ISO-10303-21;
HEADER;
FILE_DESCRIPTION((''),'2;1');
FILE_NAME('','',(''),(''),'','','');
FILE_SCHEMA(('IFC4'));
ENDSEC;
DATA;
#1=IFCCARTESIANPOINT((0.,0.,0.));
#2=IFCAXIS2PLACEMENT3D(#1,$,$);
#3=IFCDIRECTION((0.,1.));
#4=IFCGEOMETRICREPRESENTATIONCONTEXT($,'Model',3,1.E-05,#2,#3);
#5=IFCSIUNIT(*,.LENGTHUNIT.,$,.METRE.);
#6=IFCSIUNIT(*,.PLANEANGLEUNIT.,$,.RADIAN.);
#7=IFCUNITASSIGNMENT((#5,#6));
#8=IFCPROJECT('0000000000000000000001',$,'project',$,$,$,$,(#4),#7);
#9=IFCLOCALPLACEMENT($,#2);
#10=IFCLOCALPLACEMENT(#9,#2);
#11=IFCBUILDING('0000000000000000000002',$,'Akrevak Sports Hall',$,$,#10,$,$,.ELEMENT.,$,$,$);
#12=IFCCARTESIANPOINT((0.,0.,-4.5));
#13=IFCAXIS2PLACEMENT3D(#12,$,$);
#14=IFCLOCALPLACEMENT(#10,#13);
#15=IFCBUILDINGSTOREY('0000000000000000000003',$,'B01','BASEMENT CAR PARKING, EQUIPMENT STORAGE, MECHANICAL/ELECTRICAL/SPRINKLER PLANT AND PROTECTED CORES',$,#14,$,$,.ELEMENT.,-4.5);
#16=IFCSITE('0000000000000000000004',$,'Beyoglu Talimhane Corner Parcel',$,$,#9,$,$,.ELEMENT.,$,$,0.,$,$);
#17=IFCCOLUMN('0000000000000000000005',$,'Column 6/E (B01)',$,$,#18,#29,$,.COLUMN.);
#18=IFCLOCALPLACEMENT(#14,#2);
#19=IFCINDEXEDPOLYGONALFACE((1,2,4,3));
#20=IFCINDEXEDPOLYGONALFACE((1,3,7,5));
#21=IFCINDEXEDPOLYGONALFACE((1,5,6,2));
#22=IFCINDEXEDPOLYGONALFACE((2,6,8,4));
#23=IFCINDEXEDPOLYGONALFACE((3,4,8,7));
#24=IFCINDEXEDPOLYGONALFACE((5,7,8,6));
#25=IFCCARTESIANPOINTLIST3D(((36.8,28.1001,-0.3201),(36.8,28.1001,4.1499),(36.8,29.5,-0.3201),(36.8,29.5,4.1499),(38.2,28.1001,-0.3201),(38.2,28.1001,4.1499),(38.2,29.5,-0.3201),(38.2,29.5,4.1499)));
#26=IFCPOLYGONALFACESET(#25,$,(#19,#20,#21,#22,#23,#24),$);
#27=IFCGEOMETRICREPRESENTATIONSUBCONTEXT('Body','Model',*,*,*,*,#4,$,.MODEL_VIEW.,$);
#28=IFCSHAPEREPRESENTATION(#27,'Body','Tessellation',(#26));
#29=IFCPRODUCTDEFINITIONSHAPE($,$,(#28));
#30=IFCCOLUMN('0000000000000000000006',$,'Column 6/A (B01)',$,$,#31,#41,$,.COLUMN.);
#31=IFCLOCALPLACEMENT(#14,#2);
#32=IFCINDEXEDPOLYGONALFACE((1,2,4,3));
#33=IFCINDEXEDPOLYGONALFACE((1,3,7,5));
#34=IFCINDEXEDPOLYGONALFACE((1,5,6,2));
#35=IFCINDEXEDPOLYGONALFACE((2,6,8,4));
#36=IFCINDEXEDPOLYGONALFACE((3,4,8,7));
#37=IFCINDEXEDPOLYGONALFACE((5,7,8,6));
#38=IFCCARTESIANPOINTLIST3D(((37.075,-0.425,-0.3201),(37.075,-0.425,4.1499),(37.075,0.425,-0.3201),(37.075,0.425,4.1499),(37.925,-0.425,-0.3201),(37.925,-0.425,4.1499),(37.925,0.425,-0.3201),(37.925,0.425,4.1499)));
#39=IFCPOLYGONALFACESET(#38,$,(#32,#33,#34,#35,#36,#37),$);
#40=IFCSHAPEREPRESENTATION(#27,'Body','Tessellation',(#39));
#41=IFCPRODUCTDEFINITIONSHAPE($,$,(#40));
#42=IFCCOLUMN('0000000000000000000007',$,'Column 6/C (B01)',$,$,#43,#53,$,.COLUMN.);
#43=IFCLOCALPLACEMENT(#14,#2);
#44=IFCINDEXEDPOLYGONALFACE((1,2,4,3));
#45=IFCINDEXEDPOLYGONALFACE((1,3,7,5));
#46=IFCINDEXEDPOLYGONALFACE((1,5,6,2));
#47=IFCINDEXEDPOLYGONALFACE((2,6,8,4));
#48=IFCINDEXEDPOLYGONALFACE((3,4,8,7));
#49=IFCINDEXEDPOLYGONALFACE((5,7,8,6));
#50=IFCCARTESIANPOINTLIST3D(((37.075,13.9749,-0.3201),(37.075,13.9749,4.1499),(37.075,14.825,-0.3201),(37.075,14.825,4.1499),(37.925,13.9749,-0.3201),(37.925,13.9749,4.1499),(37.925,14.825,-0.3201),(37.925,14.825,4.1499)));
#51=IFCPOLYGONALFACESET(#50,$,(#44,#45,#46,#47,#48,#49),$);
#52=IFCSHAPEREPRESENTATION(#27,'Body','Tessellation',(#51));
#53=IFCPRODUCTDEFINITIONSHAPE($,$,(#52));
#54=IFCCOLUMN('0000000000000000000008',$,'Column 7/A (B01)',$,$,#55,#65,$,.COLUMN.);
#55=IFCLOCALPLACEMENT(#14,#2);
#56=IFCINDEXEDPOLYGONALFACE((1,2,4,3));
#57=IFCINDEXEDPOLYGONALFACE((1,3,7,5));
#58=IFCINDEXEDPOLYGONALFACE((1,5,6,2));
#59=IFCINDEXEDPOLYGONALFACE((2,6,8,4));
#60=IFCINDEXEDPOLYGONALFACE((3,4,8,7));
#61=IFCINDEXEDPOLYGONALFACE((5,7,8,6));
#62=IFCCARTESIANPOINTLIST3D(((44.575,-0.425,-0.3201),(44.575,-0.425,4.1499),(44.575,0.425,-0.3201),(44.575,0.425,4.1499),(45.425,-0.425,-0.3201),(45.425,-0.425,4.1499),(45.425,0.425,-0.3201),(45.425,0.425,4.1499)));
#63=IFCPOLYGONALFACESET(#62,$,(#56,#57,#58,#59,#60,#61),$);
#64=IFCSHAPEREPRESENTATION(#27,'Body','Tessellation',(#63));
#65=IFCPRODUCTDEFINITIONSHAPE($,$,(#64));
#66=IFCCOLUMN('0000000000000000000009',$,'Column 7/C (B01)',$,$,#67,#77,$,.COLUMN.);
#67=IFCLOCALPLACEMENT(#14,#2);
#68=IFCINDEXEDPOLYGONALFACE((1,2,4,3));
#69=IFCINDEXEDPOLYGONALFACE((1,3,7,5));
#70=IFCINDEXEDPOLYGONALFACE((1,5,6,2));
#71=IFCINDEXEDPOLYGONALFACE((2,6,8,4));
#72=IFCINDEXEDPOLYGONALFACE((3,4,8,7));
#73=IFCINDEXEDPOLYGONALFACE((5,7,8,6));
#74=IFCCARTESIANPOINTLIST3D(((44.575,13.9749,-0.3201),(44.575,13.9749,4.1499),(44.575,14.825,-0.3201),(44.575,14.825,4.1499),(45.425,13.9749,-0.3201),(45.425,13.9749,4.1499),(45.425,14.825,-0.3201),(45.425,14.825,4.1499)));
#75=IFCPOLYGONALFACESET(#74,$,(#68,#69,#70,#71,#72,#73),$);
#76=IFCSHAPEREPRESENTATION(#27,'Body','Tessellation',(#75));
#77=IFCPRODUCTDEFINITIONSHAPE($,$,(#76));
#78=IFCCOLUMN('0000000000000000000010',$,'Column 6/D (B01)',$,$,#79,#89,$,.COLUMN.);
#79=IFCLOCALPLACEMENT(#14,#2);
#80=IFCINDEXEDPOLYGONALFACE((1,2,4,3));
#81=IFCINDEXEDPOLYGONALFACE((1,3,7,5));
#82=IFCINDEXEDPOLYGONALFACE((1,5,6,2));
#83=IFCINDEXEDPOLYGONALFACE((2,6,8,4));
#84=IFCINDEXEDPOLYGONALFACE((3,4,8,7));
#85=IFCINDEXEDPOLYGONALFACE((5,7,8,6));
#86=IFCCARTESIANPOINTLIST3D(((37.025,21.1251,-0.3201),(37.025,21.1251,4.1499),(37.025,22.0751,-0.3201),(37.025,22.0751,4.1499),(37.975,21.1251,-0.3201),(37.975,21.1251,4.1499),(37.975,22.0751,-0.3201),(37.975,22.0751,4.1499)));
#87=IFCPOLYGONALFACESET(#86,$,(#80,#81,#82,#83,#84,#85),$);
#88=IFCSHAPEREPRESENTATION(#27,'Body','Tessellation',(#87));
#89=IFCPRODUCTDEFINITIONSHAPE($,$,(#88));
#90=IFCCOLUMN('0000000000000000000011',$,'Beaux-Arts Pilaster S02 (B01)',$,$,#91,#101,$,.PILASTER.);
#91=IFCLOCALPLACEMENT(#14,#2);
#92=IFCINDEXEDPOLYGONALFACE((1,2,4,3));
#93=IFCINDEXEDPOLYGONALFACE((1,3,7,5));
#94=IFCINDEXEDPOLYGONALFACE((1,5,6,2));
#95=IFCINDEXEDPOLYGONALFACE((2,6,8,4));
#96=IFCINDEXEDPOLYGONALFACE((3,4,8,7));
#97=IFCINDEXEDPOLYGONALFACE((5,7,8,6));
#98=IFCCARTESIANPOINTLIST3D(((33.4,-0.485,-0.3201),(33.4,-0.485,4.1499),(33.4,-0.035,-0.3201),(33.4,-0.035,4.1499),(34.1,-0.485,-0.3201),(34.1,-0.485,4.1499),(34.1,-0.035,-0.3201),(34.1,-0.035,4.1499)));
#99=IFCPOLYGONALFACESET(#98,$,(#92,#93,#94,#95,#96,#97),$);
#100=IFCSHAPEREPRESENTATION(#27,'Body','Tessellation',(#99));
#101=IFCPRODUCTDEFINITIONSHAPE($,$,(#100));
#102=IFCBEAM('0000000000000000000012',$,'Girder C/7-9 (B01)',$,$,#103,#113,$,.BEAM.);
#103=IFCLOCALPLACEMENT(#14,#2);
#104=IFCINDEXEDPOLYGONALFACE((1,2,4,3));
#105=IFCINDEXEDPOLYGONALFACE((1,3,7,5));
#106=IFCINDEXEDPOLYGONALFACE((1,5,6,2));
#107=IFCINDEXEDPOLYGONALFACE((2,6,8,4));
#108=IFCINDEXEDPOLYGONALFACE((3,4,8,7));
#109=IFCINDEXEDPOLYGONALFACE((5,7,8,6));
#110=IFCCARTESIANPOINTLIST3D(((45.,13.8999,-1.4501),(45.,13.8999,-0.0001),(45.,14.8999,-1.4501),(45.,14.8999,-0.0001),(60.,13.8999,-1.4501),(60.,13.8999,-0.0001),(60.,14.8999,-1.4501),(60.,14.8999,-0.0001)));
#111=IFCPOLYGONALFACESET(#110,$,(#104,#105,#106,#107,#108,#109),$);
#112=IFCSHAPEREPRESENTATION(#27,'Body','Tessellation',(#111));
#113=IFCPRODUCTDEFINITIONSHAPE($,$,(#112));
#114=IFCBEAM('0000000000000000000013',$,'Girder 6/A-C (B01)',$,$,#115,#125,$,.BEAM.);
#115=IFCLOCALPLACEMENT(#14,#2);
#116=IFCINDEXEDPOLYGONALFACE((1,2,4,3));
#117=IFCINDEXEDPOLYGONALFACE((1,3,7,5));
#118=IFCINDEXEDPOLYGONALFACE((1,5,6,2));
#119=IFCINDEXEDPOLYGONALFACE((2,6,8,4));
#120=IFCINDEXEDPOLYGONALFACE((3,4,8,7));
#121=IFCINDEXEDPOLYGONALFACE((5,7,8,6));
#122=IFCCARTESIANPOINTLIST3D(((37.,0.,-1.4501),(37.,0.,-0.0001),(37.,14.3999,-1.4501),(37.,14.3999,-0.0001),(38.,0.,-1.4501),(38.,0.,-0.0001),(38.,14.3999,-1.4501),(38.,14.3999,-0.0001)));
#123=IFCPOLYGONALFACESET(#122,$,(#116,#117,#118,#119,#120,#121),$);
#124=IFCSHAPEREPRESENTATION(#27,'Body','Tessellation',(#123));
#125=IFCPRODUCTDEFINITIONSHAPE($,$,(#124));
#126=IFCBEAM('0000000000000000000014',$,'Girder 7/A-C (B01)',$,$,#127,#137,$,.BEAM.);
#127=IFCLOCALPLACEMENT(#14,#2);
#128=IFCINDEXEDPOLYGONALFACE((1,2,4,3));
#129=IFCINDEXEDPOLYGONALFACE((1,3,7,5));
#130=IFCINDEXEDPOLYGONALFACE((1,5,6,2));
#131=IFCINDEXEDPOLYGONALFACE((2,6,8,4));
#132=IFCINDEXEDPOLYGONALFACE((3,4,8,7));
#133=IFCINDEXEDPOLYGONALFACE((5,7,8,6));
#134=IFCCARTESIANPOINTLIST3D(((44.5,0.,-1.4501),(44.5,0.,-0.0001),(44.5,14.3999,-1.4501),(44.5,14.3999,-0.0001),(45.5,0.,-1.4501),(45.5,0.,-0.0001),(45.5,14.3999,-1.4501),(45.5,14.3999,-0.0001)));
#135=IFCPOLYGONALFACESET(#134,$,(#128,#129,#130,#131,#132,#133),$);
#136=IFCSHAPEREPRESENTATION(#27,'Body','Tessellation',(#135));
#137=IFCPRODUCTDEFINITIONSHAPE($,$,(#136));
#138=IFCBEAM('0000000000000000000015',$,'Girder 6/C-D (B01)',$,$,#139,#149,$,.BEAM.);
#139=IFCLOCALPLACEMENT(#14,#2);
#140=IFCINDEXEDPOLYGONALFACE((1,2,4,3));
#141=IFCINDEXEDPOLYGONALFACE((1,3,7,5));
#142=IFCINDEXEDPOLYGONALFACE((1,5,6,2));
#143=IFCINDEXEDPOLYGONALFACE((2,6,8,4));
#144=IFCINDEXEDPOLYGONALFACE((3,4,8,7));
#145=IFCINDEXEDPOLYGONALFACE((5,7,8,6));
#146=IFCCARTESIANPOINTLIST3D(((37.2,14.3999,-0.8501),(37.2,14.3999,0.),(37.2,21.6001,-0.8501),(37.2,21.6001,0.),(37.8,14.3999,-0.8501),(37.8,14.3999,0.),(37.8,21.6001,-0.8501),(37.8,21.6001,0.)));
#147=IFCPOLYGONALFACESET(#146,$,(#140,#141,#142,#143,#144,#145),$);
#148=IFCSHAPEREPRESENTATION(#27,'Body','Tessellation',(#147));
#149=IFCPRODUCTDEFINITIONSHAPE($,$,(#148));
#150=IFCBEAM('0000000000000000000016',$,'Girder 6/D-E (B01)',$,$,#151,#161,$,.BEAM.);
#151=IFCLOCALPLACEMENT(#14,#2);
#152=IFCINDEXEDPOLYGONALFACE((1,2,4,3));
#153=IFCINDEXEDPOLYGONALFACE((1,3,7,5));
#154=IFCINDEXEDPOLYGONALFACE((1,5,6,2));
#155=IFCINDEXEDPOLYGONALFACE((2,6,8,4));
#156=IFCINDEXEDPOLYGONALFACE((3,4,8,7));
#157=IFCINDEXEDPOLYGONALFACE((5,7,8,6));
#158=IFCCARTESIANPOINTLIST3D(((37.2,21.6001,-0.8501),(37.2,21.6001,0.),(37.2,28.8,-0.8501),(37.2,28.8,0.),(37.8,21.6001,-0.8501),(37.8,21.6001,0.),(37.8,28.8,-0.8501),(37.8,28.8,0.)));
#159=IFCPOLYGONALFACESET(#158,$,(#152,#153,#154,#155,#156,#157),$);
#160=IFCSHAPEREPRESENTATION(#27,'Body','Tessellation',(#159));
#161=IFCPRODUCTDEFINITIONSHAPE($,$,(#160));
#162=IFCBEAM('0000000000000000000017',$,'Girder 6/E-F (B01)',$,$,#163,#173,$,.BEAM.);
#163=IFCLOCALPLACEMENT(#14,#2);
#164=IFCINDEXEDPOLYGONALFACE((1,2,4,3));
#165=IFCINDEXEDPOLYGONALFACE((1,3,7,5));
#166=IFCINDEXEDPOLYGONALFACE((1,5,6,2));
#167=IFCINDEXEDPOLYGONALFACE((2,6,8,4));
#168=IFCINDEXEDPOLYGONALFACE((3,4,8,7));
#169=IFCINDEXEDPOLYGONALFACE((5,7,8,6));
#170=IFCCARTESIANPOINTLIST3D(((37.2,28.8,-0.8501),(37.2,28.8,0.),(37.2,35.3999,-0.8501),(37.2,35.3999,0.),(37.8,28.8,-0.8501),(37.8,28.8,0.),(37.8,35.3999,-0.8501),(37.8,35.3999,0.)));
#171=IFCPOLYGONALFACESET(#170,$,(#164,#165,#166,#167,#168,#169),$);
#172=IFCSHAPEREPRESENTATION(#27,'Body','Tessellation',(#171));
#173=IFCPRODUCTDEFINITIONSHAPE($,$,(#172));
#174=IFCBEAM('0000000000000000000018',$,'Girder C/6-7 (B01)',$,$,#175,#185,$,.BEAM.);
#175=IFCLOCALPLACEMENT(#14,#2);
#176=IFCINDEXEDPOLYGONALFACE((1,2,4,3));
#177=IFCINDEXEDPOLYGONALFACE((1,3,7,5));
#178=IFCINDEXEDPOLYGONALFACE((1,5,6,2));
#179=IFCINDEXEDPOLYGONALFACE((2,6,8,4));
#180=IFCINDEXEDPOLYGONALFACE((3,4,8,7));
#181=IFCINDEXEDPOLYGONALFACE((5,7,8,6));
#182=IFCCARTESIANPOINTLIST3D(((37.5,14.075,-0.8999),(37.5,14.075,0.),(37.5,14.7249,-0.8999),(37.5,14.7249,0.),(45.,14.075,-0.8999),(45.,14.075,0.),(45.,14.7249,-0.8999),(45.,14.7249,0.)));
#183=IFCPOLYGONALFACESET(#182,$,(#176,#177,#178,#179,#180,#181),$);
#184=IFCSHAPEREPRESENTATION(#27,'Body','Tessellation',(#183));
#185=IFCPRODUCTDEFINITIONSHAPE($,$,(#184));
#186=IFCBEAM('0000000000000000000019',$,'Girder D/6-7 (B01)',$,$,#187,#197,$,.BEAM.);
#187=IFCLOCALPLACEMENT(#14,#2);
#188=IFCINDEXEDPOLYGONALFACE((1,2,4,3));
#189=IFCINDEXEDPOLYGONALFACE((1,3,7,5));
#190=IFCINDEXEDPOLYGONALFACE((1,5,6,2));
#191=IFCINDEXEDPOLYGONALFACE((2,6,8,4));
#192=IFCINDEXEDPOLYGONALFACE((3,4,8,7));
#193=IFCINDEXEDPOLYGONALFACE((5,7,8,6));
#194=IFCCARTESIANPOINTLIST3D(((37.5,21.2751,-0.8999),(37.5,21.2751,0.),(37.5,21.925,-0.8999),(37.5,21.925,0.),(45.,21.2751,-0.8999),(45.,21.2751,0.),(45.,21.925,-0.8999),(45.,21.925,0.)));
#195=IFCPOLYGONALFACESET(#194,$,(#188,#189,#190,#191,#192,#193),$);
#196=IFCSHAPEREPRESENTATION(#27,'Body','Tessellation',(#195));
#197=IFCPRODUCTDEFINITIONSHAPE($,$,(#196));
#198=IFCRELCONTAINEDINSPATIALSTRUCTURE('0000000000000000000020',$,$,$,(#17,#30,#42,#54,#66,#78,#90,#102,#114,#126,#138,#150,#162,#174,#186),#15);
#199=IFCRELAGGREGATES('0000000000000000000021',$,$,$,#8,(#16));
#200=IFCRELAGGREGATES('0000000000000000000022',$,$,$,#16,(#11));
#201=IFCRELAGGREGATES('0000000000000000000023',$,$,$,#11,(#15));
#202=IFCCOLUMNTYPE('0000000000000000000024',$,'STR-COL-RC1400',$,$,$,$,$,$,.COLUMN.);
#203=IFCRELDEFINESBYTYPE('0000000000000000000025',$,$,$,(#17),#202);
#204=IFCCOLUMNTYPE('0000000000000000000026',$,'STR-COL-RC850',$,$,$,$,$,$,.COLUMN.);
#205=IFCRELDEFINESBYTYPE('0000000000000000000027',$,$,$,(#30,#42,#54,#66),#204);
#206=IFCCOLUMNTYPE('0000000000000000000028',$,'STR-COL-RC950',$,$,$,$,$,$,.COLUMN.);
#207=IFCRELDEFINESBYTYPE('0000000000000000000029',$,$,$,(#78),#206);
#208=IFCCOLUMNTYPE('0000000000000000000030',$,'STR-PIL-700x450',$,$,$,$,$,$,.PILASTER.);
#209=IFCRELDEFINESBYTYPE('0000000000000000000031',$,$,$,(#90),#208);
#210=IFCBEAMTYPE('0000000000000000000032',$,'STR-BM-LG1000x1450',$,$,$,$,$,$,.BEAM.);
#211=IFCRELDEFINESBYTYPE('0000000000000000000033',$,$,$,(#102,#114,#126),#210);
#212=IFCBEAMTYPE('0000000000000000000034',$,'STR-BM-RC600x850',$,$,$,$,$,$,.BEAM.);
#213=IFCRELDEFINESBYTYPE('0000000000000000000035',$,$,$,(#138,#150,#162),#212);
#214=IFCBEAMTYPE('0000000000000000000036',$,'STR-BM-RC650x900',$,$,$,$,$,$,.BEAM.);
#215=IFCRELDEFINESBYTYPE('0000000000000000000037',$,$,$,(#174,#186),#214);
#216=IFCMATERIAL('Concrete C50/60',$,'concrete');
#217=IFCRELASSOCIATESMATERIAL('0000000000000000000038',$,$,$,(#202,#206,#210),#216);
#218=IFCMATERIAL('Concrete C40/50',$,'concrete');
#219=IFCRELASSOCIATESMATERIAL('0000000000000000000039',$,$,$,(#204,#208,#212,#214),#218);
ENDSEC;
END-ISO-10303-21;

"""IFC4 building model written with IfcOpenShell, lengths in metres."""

from ifc_helpers import new_model, si_unit, direction, frame, origin, origin_2d, place, context, subcontext, project, spatial, rectangle, extrude, material, material_profile, profile_set, type_object, element, save


model = new_model("IFC4")

# Units and contexts
model_context = context("Model", 3, precision=1e-05, world=origin(), true_north=direction((0.0, 1.0)))
body_context = subcontext(model_context, "Body", "Model", "MODEL_VIEW")
ifc_project = project(units=[si_unit("LENGTHUNIT", "METRE"), si_unit("PLANEANGLEUNIT", "RADIAN")], contexts=[model_context])

# Site, building, storey
site_placement = place(None, origin())
site = spatial("IfcSite", under=ifc_project, at=site_placement, Name="Beyoglu Talimhane Corner Parcel", CompositionType="ELEMENT", RefElevation=0.0)
building_placement = place(site_placement, origin())
building = spatial("IfcBuilding", under=site, at=building_placement, Name="Akrevak Sports Hall", CompositionType="ELEMENT")
storey_placement = place(building_placement, frame((0.0, 0.0, -4.5)))
storey = spatial("IfcBuildingStorey", under=building, at=storey_placement, Name="B01", Description="BASEMENT CAR PARKING, EQUIPMENT STORAGE, MECHANICAL/ELECTRICAL/SPRINKLER PLANT AND PROTECTED CORES", CompositionType="ELEMENT", Elevation=-4.5)

# Columns
ifc_material_1 = material(Name="Concrete C50/60", Category="concrete")
ifc_material_profile_1 = material_profile(ifc_material_1, rectangle(XDim=1.3999, YDim=1.3999, at=origin_2d()), Name="RC 1400x1400", Category="concrete")
ifc_profile_set_1 = profile_set([ifc_material_profile_1], Name="Concrete C50/60")
column_type_1 = type_object("IfcColumnType", Name="STR-COL-RC1400", PredefinedType="COLUMN", material=ifc_profile_set_1)
column_1_placement = place(storey_placement, frame((37.5, 28.8, -0.3201), z_axis=(0.0, 0.0, 1.0), x_axis=(1.0, 0.0, 0.0)))
element("IfcColumn", 1, at=column_1_placement, inside=storey, type_object=column_type_1, Name="Column 6/E (B01)", PredefinedType="COLUMN", context=body_context, shape_type="SweptSolid", body=[
    extrude(rectangle(XDim=1.3999, YDim=1.3999, at=origin_2d()), origin(), (0.0, 0.0, 1.0), 4.47),
])
ifc_material_2 = material(Name="Concrete C40/50", Category="concrete")
ifc_material_profile_2 = material_profile(ifc_material_2, rectangle(XDim=0.8501, YDim=0.8501, at=origin_2d()), Name="RC 850x850", Category="concrete")
ifc_profile_set_2 = profile_set([ifc_material_profile_2], Name="Concrete C40/50")
column_type_2 = type_object("IfcColumnType", Name="STR-COL-RC850", PredefinedType="COLUMN", material=ifc_profile_set_2)
for number, where, z_axis, x_axis, name in (
    (2, (37.5, 0.0, -0.3201), (0.0, 0.0, 1.0), (1.0, 0.0, 0.0), "Column 6/A (B01)"),
    (3, (37.5, 14.3999, -0.3201), (0.0, 0.0, 1.0), (1.0, 0.0, 0.0), "Column 6/C (B01)"),
    (4, (45.0, 0.0, -0.3201), (0.0, 0.0, 1.0), (1.0, 0.0, 0.0), "Column 7/A (B01)"),
    (5, (45.0, 14.3999, -0.3201), (0.0, 0.0, 1.0), (1.0, 0.0, 0.0), "Column 7/C (B01)"),
):
    element("IfcColumn", number, at=place(storey_placement, frame(where, z_axis=z_axis, x_axis=x_axis)), inside=storey, type_object=column_type_2, Name=name, PredefinedType="COLUMN", context=body_context, shape_type="SweptSolid", body=[
        extrude(rectangle(XDim=0.8501, YDim=0.8501, at=origin_2d()), origin(), (0.0, 0.0, 1.0), 4.47),
    ])
ifc_material_profile_3 = material_profile(ifc_material_1, rectangle(XDim=0.95, YDim=0.95, at=origin_2d()), Name="RC 950x950", Category="concrete")
ifc_profile_set_3 = profile_set([ifc_material_profile_3], Name="Concrete C50/60")
column_type_3 = type_object("IfcColumnType", Name="STR-COL-RC950", PredefinedType="COLUMN", material=ifc_profile_set_3)
column_2_placement = place(storey_placement, frame((37.5, 21.6001, -0.3201), z_axis=(0.0, 0.0, 1.0), x_axis=(1.0, 0.0, 0.0)))
element("IfcColumn", 6, at=column_2_placement, inside=storey, type_object=column_type_3, Name="Column 6/D (B01)", PredefinedType="COLUMN", context=body_context, shape_type="SweptSolid", body=[
    extrude(rectangle(XDim=0.95, YDim=0.95, at=origin_2d()), origin(), (0.0, 0.0, 1.0), 4.47),
])
ifc_material_profile_4 = material_profile(ifc_material_2, rectangle(XDim=0.7, YDim=0.45, at=origin_2d()), Name="PIL 700x450", Category="concrete")
ifc_profile_set_4 = profile_set([ifc_material_profile_4], Name="Concrete C40/50")
column_type_4 = type_object("IfcColumnType", Name="STR-PIL-700x450", PredefinedType="PILASTER", material=ifc_profile_set_4)
column_3_placement = place(storey_placement, frame((33.75, -0.26, -0.3201), z_axis=(0.0, 0.0, 1.0), x_axis=(1.0, 0.0, 0.0)))
element("IfcColumn", 7, at=column_3_placement, inside=storey, type_object=column_type_4, Name="Beaux-Arts Pilaster S02 (B01)", PredefinedType="PILASTER", context=body_context, shape_type="SweptSolid", body=[
    extrude(rectangle(XDim=0.7, YDim=0.45, at=origin_2d()), origin(), (0.0, 0.0, 1.0), 4.47),
])

# Beams
ifc_material_profile_5 = material_profile(ifc_material_1, rectangle(XDim=1.0, YDim=1.45, at=origin_2d()), Name="BM 1000x1450", Category="concrete")
ifc_profile_set_5 = profile_set([ifc_material_profile_5], Name="Concrete C50/60")
beam_type_1 = type_object("IfcBeamType", Name="STR-BM-LG1000x1450", PredefinedType="BEAM", material=ifc_profile_set_5)
beam_1_placement = place(storey_placement, frame((45.0, 14.3999, -0.7251), z_axis=(1.0, 0.0, 0.0), x_axis=(0.0, 1.0, 0.0)))
element("IfcBeam", 8, at=beam_1_placement, inside=storey, type_object=beam_type_1, Name="Girder C/7-9 (B01)", PredefinedType="BEAM", context=body_context, shape_type="SweptSolid", body=[
    extrude(rectangle(XDim=1.0, YDim=1.45, at=origin_2d()), origin(), (0.0, 0.0, 1.0), 15.0),
])
for number, where, z_axis, x_axis, name in (
    (9, (37.5, 0.0, -0.7251), (0.0, 1.0, 0.0), (-1.0, 0.0, 0.0), "Girder 6/A-C (B01)"),
    (10, (45.0, 0.0, -0.7251), (0.0, 1.0, 0.0), (-1.0, 0.0, 0.0), "Girder 7/A-C (B01)"),
):
    element("IfcBeam", number, at=place(storey_placement, frame(where, z_axis=z_axis, x_axis=x_axis)), inside=storey, type_object=beam_type_1, Name=name, PredefinedType="BEAM", context=body_context, shape_type="SweptSolid", body=[
        extrude(rectangle(XDim=1.0, YDim=1.45, at=origin_2d()), origin(), (0.0, 0.0, 1.0), 14.3999),
    ])
ifc_material_profile_6 = material_profile(ifc_material_2, rectangle(XDim=0.6001, YDim=0.8501, at=origin_2d()), Name="BM 600x850", Category="concrete")
ifc_profile_set_6 = profile_set([ifc_material_profile_6], Name="Concrete C40/50")
beam_type_2 = type_object("IfcBeamType", Name="STR-BM-RC600x850", PredefinedType="BEAM", material=ifc_profile_set_6)
beam_2_placement = place(storey_placement, frame((37.5, 14.3999, -0.425), z_axis=(0.0, 1.0, 0.0), x_axis=(-1.0, 0.0, 0.0)))
element("IfcBeam", 11, at=beam_2_placement, inside=storey, type_object=beam_type_2, Name="Girder 6/C-D (B01)", PredefinedType="BEAM", context=body_context, shape_type="SweptSolid", body=[
    extrude(rectangle(XDim=0.6001, YDim=0.8501, at=origin_2d()), origin(), (0.0, 0.0, 1.0), 7.2002),
])
beam_3_placement = place(storey_placement, frame((37.5, 21.6001, -0.425), z_axis=(0.0, 1.0, 0.0), x_axis=(-1.0, 0.0, 0.0)))
element("IfcBeam", 12, at=beam_3_placement, inside=storey, type_object=beam_type_2, Name="Girder 6/D-E (B01)", PredefinedType="BEAM", context=body_context, shape_type="SweptSolid", body=[
    extrude(rectangle(XDim=0.6001, YDim=0.8501, at=origin_2d()), origin(), (0.0, 0.0, 1.0), 7.2),
])
beam_4_placement = place(storey_placement, frame((37.5, 28.8, -0.425), z_axis=(0.0, 1.0, 0.0), x_axis=(-1.0, 0.0, 0.0)))
element("IfcBeam", 13, at=beam_4_placement, inside=storey, type_object=beam_type_2, Name="Girder 6/E-F (B01)", PredefinedType="BEAM", context=body_context, shape_type="SweptSolid", body=[
    extrude(rectangle(XDim=0.6001, YDim=0.8501, at=origin_2d()), origin(), (0.0, 0.0, 1.0), 6.5999),
])
ifc_material_profile_7 = material_profile(ifc_material_2, rectangle(XDim=0.6499, YDim=0.8999, at=origin_2d()), Name="BM 650x900", Category="concrete")
ifc_profile_set_7 = profile_set([ifc_material_profile_7], Name="Concrete C40/50")
beam_type_3 = type_object("IfcBeamType", Name="STR-BM-RC650x900", PredefinedType="BEAM", material=ifc_profile_set_7)
for number, where, z_axis, x_axis, name in (
    (14, (37.5, 14.3999, -0.45), (1.0, 0.0, 0.0), (0.0, 1.0, 0.0), "Girder C/6-7 (B01)"),
    (15, (37.5, 21.6001, -0.45), (1.0, 0.0, 0.0), (0.0, 1.0, 0.0), "Girder D/6-7 (B01)"),
):
    element("IfcBeam", number, at=place(storey_placement, frame(where, z_axis=z_axis, x_axis=x_axis)), inside=storey, type_object=beam_type_3, Name=name, PredefinedType="BEAM", context=body_context, shape_type="SweptSolid", body=[
        extrude(rectangle(XDim=0.6499, YDim=0.8999, at=origin_2d()), origin(), (0.0, 0.0, 1.0), 7.5),
    ])

save(model, "model.ifc")
